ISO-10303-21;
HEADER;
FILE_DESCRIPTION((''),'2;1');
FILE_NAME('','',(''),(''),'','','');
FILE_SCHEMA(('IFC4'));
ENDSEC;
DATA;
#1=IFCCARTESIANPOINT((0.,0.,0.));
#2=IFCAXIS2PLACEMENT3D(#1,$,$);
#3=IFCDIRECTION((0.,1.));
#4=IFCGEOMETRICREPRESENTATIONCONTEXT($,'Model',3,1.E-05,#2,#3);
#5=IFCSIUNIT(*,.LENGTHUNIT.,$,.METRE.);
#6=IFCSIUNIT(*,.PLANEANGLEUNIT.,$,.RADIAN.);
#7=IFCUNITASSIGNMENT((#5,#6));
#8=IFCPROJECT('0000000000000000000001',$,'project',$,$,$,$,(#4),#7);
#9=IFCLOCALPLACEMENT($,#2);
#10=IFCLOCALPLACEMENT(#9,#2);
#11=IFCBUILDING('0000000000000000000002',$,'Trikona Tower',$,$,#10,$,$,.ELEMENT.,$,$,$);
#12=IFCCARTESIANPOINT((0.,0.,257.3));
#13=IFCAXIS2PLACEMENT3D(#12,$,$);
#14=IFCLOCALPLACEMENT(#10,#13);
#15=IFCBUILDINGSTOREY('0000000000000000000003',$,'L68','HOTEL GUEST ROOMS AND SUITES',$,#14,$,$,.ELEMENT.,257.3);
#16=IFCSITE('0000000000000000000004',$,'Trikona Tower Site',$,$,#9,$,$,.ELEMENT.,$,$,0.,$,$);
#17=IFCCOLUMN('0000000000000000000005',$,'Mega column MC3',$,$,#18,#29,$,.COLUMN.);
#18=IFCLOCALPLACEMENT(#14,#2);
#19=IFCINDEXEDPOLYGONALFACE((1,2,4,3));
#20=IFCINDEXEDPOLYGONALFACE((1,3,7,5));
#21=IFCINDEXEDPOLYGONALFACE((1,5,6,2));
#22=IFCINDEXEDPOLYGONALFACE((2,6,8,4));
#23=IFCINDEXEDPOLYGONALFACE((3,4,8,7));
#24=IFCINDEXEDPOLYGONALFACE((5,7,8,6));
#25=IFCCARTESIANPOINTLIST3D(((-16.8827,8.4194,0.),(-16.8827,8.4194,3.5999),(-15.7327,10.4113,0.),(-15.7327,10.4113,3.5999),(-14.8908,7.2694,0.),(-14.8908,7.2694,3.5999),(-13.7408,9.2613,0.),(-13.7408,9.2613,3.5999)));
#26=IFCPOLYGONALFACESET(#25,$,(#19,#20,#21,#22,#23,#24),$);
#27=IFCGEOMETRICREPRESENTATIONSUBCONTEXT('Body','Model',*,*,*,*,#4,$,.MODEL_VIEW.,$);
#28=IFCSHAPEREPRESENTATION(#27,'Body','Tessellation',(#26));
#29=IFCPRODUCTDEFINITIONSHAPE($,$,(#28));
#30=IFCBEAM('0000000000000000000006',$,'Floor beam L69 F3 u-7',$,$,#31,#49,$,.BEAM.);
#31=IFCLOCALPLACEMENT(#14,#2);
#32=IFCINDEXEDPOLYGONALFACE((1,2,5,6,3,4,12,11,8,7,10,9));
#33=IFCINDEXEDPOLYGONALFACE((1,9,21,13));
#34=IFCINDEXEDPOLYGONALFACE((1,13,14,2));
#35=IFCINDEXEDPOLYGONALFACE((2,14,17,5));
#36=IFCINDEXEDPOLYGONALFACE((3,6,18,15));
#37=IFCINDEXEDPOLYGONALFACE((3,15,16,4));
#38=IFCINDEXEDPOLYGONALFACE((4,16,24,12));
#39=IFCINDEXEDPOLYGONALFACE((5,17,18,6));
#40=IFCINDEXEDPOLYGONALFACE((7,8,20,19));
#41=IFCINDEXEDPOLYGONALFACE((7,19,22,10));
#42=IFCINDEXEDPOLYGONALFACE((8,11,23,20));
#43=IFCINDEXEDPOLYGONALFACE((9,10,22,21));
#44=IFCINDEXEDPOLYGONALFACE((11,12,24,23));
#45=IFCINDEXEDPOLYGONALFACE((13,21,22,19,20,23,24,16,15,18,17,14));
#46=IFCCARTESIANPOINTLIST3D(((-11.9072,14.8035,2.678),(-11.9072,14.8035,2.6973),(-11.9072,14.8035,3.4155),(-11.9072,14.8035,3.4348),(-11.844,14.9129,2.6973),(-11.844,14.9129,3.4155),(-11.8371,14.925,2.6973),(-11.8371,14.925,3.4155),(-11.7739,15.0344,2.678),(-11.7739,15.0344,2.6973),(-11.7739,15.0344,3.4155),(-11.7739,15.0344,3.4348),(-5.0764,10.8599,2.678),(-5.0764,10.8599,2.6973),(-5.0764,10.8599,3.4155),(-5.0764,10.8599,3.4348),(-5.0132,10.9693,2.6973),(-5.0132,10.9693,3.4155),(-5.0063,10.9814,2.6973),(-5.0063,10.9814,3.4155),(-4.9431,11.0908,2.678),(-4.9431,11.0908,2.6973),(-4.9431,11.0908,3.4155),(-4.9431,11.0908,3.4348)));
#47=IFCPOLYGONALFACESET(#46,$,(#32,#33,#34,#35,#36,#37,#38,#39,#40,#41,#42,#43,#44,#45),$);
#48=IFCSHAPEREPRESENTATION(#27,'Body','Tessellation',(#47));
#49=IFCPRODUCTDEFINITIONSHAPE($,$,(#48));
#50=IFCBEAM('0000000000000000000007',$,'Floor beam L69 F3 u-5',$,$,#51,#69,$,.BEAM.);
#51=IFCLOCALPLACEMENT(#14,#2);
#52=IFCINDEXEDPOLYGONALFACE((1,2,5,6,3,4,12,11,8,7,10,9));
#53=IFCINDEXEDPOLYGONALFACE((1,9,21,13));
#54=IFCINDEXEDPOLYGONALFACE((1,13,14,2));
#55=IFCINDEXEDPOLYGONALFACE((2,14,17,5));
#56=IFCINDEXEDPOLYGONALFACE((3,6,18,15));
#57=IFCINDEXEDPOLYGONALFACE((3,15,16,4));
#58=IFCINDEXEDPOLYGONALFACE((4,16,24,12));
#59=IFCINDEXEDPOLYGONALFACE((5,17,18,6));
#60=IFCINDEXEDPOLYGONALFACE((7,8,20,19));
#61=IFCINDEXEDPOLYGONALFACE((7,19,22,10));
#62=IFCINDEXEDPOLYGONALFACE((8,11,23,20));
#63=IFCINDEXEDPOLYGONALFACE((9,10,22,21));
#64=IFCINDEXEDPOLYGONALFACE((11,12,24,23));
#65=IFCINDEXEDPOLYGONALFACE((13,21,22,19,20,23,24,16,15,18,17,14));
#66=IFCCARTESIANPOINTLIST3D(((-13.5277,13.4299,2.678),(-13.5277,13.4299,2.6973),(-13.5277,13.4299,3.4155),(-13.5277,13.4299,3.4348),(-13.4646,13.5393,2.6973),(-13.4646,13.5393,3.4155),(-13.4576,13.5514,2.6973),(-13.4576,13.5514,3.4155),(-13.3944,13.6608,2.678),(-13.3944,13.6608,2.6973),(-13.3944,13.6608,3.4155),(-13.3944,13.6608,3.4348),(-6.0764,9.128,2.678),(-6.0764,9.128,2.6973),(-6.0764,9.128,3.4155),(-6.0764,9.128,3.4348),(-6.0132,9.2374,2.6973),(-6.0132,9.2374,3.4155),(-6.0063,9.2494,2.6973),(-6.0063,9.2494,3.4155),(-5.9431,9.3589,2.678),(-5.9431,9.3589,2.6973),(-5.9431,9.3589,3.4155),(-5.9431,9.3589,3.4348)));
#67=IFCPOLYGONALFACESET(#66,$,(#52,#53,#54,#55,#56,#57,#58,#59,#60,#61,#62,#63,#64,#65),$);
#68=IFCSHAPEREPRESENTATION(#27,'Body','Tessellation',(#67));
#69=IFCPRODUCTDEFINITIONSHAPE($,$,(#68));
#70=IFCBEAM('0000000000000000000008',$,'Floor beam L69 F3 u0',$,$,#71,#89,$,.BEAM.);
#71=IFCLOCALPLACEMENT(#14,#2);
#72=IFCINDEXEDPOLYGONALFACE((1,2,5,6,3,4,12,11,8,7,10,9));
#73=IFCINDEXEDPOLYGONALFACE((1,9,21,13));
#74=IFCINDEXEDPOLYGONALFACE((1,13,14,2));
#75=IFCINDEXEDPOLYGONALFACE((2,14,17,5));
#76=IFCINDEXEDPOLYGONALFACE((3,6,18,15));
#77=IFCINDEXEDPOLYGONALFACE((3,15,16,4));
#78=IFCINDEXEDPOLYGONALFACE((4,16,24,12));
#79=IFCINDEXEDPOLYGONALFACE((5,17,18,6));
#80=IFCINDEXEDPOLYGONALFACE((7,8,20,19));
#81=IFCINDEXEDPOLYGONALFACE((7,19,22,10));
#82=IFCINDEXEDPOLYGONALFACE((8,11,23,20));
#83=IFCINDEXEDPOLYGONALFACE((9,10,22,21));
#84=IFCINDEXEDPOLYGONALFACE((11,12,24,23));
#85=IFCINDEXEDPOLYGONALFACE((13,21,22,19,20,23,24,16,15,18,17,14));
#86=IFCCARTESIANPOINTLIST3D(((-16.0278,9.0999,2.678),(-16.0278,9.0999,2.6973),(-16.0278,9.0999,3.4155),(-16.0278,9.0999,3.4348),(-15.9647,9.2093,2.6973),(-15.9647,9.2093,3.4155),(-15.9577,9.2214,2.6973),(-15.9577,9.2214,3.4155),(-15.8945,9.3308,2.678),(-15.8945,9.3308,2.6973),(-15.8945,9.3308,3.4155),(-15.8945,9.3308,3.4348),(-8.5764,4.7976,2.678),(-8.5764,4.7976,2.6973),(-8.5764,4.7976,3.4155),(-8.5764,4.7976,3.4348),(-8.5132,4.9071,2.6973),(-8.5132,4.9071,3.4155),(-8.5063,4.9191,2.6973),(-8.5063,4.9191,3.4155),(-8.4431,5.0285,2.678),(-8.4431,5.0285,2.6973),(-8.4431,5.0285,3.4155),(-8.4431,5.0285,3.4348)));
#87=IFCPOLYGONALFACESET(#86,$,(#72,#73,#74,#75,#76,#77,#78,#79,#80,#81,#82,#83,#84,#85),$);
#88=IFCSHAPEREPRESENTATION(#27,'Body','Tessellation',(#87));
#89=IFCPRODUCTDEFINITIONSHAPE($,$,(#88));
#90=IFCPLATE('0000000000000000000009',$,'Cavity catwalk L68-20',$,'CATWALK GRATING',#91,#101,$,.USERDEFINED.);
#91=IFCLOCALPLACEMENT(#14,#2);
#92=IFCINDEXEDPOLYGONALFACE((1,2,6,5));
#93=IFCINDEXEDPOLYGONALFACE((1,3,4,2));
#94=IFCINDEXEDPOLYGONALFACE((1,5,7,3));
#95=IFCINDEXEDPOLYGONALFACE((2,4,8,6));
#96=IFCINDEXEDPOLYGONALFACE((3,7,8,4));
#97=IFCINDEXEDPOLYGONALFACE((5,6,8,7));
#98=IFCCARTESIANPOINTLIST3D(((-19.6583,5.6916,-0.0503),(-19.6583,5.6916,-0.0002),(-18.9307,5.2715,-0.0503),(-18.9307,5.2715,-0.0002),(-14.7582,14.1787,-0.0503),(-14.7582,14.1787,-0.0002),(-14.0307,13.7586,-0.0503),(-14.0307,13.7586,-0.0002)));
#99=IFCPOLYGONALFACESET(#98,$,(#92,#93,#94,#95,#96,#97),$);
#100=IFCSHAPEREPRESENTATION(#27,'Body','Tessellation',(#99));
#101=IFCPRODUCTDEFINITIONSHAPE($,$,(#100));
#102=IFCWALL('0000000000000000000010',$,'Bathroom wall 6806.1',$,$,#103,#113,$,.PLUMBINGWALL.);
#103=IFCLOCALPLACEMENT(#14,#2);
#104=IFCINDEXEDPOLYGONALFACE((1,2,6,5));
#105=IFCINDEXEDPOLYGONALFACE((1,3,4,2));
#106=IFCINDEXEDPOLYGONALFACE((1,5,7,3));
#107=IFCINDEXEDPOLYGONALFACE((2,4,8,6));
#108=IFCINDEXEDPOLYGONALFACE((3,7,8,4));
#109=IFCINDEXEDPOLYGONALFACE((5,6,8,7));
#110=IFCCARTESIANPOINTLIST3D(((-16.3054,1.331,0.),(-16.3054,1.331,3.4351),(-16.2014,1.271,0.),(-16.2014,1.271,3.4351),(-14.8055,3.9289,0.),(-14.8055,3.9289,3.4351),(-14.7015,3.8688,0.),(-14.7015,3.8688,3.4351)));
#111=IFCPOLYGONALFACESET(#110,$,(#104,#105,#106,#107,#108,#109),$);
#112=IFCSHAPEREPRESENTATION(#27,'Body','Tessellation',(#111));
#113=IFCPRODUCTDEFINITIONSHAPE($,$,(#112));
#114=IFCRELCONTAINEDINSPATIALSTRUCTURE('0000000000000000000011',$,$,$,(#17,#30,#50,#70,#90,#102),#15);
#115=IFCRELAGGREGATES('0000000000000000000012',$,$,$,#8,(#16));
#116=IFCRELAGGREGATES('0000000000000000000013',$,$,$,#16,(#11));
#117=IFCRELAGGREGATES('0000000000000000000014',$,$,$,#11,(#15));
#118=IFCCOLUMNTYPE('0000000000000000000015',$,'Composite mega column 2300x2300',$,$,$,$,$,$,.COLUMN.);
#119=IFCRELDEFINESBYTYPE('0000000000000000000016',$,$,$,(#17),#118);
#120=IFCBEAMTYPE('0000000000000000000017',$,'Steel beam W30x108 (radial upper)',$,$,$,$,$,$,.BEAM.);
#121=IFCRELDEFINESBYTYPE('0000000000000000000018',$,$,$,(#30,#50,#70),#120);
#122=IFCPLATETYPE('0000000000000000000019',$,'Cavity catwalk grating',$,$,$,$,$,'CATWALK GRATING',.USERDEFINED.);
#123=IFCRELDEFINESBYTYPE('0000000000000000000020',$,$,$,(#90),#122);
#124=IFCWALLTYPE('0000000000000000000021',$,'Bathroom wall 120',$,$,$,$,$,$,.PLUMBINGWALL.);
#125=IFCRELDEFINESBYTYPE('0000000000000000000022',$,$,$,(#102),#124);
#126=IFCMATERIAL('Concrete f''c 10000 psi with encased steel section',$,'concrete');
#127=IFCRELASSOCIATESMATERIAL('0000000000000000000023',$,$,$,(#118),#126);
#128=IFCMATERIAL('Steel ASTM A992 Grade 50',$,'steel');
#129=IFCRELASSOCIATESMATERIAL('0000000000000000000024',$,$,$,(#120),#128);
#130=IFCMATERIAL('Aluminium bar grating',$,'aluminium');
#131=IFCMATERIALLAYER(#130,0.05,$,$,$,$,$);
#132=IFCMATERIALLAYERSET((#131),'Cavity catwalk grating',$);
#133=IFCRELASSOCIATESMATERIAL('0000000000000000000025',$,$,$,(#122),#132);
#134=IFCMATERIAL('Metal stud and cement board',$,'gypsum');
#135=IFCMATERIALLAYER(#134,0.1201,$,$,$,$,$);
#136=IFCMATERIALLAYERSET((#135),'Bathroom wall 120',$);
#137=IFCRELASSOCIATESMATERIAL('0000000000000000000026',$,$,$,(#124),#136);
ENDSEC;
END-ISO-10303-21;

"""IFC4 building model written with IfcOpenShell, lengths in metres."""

from ifc_helpers import new_model, si_unit, direction, frame, frame_2d, origin, origin_2d, place, context, subcontext, project, spatial, rectangle, i_section, extrude, material, layer, layer_set, material_profile, profile_set, type_object, element, save


model = new_model("IFC4")

# Units and contexts
model_context = context("Model", 3, precision=1e-05, world=origin(), true_north=direction((0.0, 1.0)))
body_context = subcontext(model_context, "Body", "Model", "MODEL_VIEW")
ifc_project = project(units=[si_unit("LENGTHUNIT", "METRE"), si_unit("PLANEANGLEUNIT", "RADIAN")], contexts=[model_context])

# Site, building, storey
site_placement = place(None, origin())
site = spatial("IfcSite", under=ifc_project, at=site_placement, Name="Trikona Tower Site", CompositionType="ELEMENT", RefElevation=0.0)
building_placement = place(site_placement, origin())
building = spatial("IfcBuilding", under=site, at=building_placement, Name="Trikona Tower", CompositionType="ELEMENT")
storey_placement = place(building_placement, frame((0.0, 0.0, 257.3)))
storey = spatial("IfcBuildingStorey", under=building, at=storey_placement, Name="L68", Description="HOTEL GUEST ROOMS AND SUITES", CompositionType="ELEMENT", Elevation=257.3)

# Column
ifc_material_1 = material(Name="Concrete f'c 10000 psi with encased steel section", Category="concrete")
ifc_material_profile_1 = material_profile(ifc_material_1, rectangle(XDim=2.3, YDim=2.3, at=origin_2d()), Name="MC2300")
ifc_profile_set_1 = profile_set([ifc_material_profile_1], Name="Concrete f'c 10000 psi with encased steel section")
column_type = type_object("IfcColumnType", Name="Composite mega column 2300x2300", PredefinedType="COLUMN", material=ifc_profile_set_1)
column_placement = place(storey_placement, frame((-15.3118, 8.8403, 0.0), z_axis=(0.0, 0.0, 1.0), x_axis=(-0.866025, 0.5, 0.0)))
element("IfcColumn", 1, at=column_placement, inside=storey, type_object=column_type, Name="Mega column MC3", PredefinedType="COLUMN", context=body_context, shape_type="SweptSolid", body=[
    extrude(rectangle(XDim=2.3, YDim=2.3, at=origin_2d()), origin(), (0.0, 0.0, 1.0), 3.5999),
])

# Beams
ifc_material_2 = material(Name="Steel ASTM A992 Grade 50", Category="steel")
ifc_material_profile_2 = material_profile(ifc_material_2, i_section(OverallWidth=0.2666, OverallDepth=0.7568, WebThickness=0.0139, FlangeThickness=0.0193, at=origin_2d()), Name="W30X108")
ifc_profile_set_2 = profile_set([ifc_material_profile_2], Name="Steel ASTM A992 Grade 50")
beam_type = type_object("IfcBeamType", Name="Steel beam W30x108 (radial upper)", PredefinedType="BEAM", material=ifc_profile_set_2)
beam_1_placement = place(storey_placement, frame((-5.0098, 10.9753, 3.0564), z_axis=(-0.866035, 0.499984, 0.0), x_axis=(-0.499984, -0.866035, 0.0)))
element("IfcBeam", 2, at=beam_1_placement, inside=storey, type_object=beam_type, Name="Floor beam L69 F3 u-7", PredefinedType="BEAM", context=body_context, shape_type="SweptSolid", body=[
    extrude(i_section(OverallWidth=0.2666, OverallDepth=0.7568, WebThickness=0.0139, FlangeThickness=0.0193, at=origin_2d()), origin(), (0.0, 0.0, 1.0), 7.8875),
])
beam_2_placement = place(storey_placement, frame((-6.0098, 9.2434, 3.0564), z_axis=(-0.866029, 0.499993, 0.0), x_axis=(-0.499993, -0.866029, 0.0)))
element("IfcBeam", 3, at=beam_2_placement, inside=storey, type_object=beam_type, Name="Floor beam L69 F3 u-5", PredefinedType="BEAM", context=body_context, shape_type="SweptSolid", body=[
    extrude(i_section(OverallWidth=0.2666, OverallDepth=0.7568, WebThickness=0.0139, FlangeThickness=0.0193, at=origin_2d()), origin(), (0.0, 0.0, 1.0), 8.604),
])
beam_3_placement = place(storey_placement, frame((-8.5098, 4.9131, 3.0564), z_axis=(-0.866017, 0.500015, 0.0), x_axis=(-0.500015, -0.866017, 0.0)))
element("IfcBeam", 4, at=beam_3_placement, inside=storey, type_object=beam_type, Name="Floor beam L69 F3 u0", PredefinedType="BEAM", context=body_context, shape_type="SweptSolid", body=[
    extrude(i_section(OverallWidth=0.2666, OverallDepth=0.7568, WebThickness=0.0139, FlangeThickness=0.0193, at=origin_2d()), origin(), (0.0, 0.0, 1.0), 8.6042),
])

# Plate
ifc_material_3 = material(Name="Aluminium bar grating", Category="aluminium")
ifc_layer_1 = layer(ifc_material_3, 0.05)
ifc_layer_set_1 = layer_set([ifc_layer_1], Name="Cavity catwalk grating")
plate_type = type_object("IfcPlateType", Name="Cavity catwalk grating", ElementType="CATWALK GRATING", PredefinedType="USERDEFINED", material=ifc_layer_set_1)
plate_placement = place(storey_placement, frame((-16.8445, 9.7251, -0.0503), z_axis=(0.0, 0.0, 1.0), x_axis=(-0.499998, -0.866026, 0.0)))
element("IfcPlate", 5, at=plate_placement, inside=storey, type_object=plate_type, Name="Cavity catwalk L68-20", ObjectType="CATWALK GRATING", PredefinedType="USERDEFINED", context=body_context, shape_type="SweptSolid", body=[
    extrude(rectangle(XDim=9.8, YDim=0.8401, at=origin_2d()), origin(), (0.0, 0.0, 1.0), 0.05),
])

# Wall
ifc_material_4 = material(Name="Metal stud and cement board", Category="gypsum")
ifc_layer_2 = layer(ifc_material_4, 0.1201)
ifc_layer_set_2 = layer_set([ifc_layer_2], Name="Bathroom wall 120")
wall_type_1 = type_object("IfcWallType", Name="Bathroom wall 120", PredefinedType="PLUMBINGWALL", material=ifc_layer_set_2)
wall_1_placement = place(storey_placement, frame((-14.7534, 3.8989, 0.0), z_axis=(0.0, 0.0, 1.0), x_axis=(-0.500025, -0.866011, 0.0)))
element("IfcWall", 6, at=wall_1_placement, inside=storey, type_object=wall_type_1, Name="Bathroom wall 6806.1", PredefinedType="PLUMBINGWALL", context=body_context, shape_type="SweptSolid", body=[
    extrude(rectangle(XDim=2.9998, YDim=0.1201, at=frame_2d((1.5, 0.0))), origin(), (0.0, 0.0, 1.0), 3.4351),
])

save(model, "model.ifc")
